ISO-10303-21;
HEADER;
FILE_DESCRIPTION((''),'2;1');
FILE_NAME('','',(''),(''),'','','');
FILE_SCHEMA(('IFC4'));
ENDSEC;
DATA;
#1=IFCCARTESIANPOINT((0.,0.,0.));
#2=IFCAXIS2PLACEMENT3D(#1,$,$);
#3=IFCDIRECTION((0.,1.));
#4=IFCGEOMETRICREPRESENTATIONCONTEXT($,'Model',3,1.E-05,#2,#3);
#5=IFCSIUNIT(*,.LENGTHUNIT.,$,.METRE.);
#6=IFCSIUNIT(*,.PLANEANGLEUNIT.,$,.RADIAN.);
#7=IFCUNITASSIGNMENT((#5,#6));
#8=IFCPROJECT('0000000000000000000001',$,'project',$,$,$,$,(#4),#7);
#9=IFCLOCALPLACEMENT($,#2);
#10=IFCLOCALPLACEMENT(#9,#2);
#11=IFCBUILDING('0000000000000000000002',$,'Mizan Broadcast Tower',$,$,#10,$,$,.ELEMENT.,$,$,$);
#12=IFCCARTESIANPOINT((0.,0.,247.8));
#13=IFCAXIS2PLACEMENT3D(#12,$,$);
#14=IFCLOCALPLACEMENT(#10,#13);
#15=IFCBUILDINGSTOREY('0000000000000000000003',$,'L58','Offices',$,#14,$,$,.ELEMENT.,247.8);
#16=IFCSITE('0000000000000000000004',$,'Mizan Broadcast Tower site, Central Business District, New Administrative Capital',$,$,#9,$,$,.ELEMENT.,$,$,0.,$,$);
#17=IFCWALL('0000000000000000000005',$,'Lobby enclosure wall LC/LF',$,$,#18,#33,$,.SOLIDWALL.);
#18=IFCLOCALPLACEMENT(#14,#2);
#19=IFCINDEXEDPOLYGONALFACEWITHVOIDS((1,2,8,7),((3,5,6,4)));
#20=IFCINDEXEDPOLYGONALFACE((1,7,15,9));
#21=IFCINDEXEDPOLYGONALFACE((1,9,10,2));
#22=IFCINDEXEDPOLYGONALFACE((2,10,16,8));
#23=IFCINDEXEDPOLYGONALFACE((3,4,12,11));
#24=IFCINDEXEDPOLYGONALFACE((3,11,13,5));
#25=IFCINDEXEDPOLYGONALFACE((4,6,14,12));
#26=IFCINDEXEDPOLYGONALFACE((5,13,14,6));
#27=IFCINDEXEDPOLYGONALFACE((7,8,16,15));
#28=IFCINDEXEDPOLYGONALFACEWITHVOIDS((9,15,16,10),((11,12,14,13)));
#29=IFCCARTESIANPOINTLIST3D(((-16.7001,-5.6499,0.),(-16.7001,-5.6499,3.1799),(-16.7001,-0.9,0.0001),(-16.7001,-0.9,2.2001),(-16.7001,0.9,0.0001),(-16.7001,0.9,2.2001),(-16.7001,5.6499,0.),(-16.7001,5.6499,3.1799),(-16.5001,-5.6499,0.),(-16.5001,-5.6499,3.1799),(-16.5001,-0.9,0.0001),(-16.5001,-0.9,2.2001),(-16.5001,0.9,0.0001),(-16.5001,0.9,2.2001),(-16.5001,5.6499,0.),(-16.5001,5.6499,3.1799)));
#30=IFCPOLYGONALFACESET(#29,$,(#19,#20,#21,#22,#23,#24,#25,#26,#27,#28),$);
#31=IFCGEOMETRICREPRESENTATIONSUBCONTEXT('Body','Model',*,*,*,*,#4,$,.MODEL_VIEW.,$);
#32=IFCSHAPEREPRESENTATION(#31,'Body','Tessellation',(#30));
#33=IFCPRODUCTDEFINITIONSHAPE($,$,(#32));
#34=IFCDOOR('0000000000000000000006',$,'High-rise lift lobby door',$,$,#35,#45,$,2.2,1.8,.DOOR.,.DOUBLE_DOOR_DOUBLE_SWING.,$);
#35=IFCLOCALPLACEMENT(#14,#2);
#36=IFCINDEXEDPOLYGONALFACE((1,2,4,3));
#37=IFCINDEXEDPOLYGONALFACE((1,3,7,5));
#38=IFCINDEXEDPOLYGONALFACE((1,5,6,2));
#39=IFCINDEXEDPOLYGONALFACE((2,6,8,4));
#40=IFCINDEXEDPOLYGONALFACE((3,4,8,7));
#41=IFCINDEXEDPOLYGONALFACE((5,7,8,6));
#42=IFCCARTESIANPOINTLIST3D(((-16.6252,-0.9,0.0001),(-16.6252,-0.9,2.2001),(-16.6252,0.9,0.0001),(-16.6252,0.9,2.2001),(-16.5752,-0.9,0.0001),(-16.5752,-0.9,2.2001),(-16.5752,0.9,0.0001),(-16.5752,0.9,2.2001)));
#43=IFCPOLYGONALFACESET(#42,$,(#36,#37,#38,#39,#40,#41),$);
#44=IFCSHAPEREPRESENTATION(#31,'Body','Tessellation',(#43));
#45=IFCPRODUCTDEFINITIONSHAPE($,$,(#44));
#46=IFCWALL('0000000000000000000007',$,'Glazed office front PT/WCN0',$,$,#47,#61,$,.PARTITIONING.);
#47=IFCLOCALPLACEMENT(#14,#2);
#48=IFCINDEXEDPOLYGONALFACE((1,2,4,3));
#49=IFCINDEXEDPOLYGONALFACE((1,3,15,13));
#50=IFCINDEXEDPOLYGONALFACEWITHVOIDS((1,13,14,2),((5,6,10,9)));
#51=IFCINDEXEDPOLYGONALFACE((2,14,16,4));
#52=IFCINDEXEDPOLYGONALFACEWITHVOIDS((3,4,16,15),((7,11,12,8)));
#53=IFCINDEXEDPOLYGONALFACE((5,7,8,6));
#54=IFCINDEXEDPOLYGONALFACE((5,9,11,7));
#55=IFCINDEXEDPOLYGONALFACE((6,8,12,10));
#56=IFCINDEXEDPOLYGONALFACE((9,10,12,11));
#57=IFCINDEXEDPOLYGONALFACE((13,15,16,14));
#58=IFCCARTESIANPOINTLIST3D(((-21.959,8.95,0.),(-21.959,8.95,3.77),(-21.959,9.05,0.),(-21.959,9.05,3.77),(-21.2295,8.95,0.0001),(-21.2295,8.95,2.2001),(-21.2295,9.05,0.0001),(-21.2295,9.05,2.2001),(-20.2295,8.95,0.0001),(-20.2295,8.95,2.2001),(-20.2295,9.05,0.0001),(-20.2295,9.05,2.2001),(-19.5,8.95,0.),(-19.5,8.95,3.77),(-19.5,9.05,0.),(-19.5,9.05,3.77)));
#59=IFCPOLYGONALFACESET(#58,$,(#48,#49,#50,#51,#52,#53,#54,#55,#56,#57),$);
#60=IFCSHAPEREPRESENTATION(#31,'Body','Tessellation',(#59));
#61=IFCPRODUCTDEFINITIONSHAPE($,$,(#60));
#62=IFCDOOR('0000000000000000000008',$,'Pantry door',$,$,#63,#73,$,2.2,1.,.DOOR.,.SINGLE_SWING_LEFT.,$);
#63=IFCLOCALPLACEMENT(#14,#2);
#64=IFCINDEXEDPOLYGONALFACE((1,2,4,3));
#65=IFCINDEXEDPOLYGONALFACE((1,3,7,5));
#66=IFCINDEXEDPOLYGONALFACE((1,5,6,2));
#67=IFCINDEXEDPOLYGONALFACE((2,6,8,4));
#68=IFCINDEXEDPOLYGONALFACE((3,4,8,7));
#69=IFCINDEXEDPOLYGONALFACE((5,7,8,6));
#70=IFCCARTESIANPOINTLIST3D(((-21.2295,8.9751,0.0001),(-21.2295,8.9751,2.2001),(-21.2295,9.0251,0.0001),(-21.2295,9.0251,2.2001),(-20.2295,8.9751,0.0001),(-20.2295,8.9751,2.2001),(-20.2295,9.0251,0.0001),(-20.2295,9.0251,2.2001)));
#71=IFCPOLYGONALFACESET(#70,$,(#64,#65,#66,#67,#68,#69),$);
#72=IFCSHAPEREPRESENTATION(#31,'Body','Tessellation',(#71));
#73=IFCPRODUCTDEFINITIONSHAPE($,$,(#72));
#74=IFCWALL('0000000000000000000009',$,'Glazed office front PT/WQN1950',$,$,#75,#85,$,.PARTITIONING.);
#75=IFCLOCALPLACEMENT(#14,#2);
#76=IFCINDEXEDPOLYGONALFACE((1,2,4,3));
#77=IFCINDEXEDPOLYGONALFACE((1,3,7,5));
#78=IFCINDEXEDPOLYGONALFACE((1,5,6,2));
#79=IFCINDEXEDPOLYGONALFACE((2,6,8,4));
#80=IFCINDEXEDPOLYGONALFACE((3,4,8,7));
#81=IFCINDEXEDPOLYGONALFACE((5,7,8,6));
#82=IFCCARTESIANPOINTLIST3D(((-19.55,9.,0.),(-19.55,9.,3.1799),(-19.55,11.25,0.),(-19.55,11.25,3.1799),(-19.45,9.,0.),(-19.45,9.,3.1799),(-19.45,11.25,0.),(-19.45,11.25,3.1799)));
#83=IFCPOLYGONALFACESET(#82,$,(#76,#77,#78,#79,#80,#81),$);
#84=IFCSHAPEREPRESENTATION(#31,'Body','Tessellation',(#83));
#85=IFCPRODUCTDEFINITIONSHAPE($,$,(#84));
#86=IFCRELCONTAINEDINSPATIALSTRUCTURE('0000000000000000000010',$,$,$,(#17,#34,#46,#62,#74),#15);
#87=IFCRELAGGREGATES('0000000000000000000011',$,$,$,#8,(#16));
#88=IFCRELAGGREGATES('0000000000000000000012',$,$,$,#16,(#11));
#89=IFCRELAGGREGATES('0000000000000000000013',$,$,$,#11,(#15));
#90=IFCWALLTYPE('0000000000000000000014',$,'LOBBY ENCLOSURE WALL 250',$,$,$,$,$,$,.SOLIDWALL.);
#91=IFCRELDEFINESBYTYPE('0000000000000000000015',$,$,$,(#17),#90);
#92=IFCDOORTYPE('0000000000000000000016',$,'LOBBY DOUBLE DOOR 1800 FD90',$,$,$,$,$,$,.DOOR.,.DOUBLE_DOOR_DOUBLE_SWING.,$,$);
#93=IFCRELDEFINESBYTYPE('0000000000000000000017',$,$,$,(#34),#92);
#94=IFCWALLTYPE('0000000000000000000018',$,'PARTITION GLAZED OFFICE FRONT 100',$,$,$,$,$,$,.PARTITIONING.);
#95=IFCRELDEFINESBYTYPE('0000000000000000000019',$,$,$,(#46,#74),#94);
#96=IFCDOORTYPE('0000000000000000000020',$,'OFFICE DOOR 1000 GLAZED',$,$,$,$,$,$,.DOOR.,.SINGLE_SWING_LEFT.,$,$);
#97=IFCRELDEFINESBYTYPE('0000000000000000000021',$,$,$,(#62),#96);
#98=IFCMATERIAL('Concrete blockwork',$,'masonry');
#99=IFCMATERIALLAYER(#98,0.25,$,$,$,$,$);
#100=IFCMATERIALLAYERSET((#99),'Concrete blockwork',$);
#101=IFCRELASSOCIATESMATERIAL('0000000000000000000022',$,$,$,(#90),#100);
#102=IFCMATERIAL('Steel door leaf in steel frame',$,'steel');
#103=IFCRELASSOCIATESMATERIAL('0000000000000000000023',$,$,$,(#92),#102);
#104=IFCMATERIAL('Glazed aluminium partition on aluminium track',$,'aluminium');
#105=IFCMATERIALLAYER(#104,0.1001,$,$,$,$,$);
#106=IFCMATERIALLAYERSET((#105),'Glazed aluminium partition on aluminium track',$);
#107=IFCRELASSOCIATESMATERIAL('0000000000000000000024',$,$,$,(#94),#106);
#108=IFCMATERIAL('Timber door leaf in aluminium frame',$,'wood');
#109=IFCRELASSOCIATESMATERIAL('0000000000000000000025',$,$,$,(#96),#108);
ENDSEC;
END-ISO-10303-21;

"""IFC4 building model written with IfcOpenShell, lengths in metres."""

from ifc_helpers import new_model, si_unit, direction, frame, frame_2d, origin, place, context, subcontext, project, spatial, rectangle, extrude, material, layer, layer_set, type_object, element, fill, save


model = new_model("IFC4")

# Units and contexts
model_context = context("Model", 3, precision=1e-05, world=origin(), true_north=direction((0.0, 1.0)))
body_context = subcontext(model_context, "Body", "Model", "MODEL_VIEW")
ifc_project = project(units=[si_unit("LENGTHUNIT", "METRE"), si_unit("PLANEANGLEUNIT", "RADIAN")], contexts=[model_context])

# Site, building, storey
site_placement = place(None, origin())
site = spatial("IfcSite", under=ifc_project, at=site_placement, Name="Mizan Broadcast Tower site, Central Business District, New Administrative Capital", CompositionType="ELEMENT", RefElevation=0.0)
building_placement = place(site_placement, origin())
building = spatial("IfcBuilding", under=site, at=building_placement, Name="Mizan Broadcast Tower", CompositionType="ELEMENT")
storey_placement = place(building_placement, frame((0.0, 0.0, 247.8)))
storey = spatial("IfcBuildingStorey", under=building, at=storey_placement, Name="L58", Description="Offices", CompositionType="ELEMENT", Elevation=247.8)

# Walls, openings, doors
ifc_material_1 = material(Name="Concrete blockwork", Category="masonry")
ifc_layer_1 = layer(ifc_material_1, 0.25)
ifc_layer_set_1 = layer_set([ifc_layer_1], Name="Concrete blockwork")
wall_type_1 = type_object("IfcWallType", Name="LOBBY ENCLOSURE WALL 250", PredefinedType="SOLIDWALL", material=ifc_layer_set_1)
wall_1_placement = place(storey_placement, frame((-16.6001, 5.6499, 0.0), z_axis=(0.0, 0.0, 1.0), x_axis=(0.0, -1.0, 0.0)))
wall_1 = element("IfcWall", 1, at=wall_1_placement, inside=storey, type_object=wall_type_1, Name="Lobby enclosure wall LC/LF", PredefinedType="SOLIDWALL", context=body_context, shape_type="SweptSolid", body=[
    extrude(rectangle(XDim=11.2998, YDim=0.2, at=frame_2d((5.6499, 0.0))), origin(), (0.0, 0.0, 1.0), 3.1799),
])
opening_1_placement = place(wall_1_placement, frame((4.75, 0.0, 0.0)))
opening_1 = element("IfcOpeningElement", 2, at=opening_1_placement, cuts=wall_1, PredefinedType="OPENING", context=body_context, shape_type="SweptSolid", body=[
    extrude(rectangle(XDim=1.8, YDim=2.2, at=frame_2d((0.8999, 1.1001))), frame((0.0, 0.1099, 0.0), z_axis=(0.0, -1.0, 0.0), x_axis=(1.0, 0.0, 0.0)), (0.0, 0.0, 1.0), 0.22),
])
ifc_material_2 = material(Name="Steel door leaf in steel frame", Category="steel")
door_type_1 = type_object("IfcDoorType", Name="LOBBY DOUBLE DOOR 1800 FD90", OperationType="DOUBLE_DOOR_DOUBLE_SWING", PredefinedType="DOOR", material=ifc_material_2)
door_1_placement = place(opening_1_placement, origin())
door_1 = element("IfcDoor", 3, at=door_1_placement, inside=storey, type_object=door_type_1, Name="High-rise lift lobby door", OperationType="DOUBLE_DOOR_DOUBLE_SWING", OverallHeight=2.2, OverallWidth=1.8, PredefinedType="DOOR", context=body_context, shape_type="SweptSolid", body=[
    extrude(rectangle(XDim=1.8, YDim=2.2, at=frame_2d((0.8999, 1.1001))), frame((0.0, 0.0249, 0.0), z_axis=(0.0, -1.0, 0.0), x_axis=(1.0, 0.0, 0.0)), (0.0, 0.0, 1.0), 0.05),
])
fill(opening_1, door_1)
ifc_material_3 = material(Name="Glazed aluminium partition on aluminium track", Category="aluminium")
ifc_layer_2 = layer(ifc_material_3, 0.1001)
ifc_layer_set_2 = layer_set([ifc_layer_2], Name="Glazed aluminium partition on aluminium track")
wall_type_2 = type_object("IfcWallType", Name="PARTITION GLAZED OFFICE FRONT 100", PredefinedType="PARTITIONING", material=ifc_layer_set_2)
wall_2_placement = place(storey_placement, frame((-19.5, 9.0, 0.0), z_axis=(0.0, 0.0, 1.0), x_axis=(-1.0, 0.0, 0.0)))
wall_2 = element("IfcWall", 4, at=wall_2_placement, inside=storey, type_object=wall_type_2, Name="Glazed office front PT/WCN0", PredefinedType="PARTITIONING", context=body_context, shape_type="SweptSolid", body=[
    extrude(rectangle(XDim=2.459, YDim=0.1001, at=frame_2d((1.2295, 0.0))), origin(), (0.0, 0.0, 1.0), 3.77),
])
opening_2_placement = place(wall_2_placement, frame((0.7295, 0.0, 0.0)))
opening_2 = element("IfcOpeningElement", 5, at=opening_2_placement, cuts=wall_2, PredefinedType="OPENING", context=body_context, shape_type="SweptSolid", body=[
    extrude(rectangle(XDim=1.0, YDim=2.2, at=frame_2d((0.5, 1.1001))), frame((0.0, 0.0601, 0.0), z_axis=(0.0, -1.0, 0.0), x_axis=(1.0, 0.0, 0.0)), (0.0, 0.0, 1.0), 0.1201),
])
ifc_material_4 = material(Name="Timber door leaf in aluminium frame", Category="wood")
door_type_2 = type_object("IfcDoorType", Name="OFFICE DOOR 1000 GLAZED", OperationType="SINGLE_SWING_LEFT", PredefinedType="DOOR", material=ifc_material_4)
door_2_placement = place(opening_2_placement, origin())
door_2 = element("IfcDoor", 6, at=door_2_placement, inside=storey, type_object=door_type_2, Name="Pantry door", OperationType="SINGLE_SWING_LEFT", OverallHeight=2.2, OverallWidth=1.0, PredefinedType="DOOR", context=body_context, shape_type="SweptSolid", body=[
    extrude(rectangle(XDim=1.0, YDim=2.2, at=frame_2d((0.5, 1.1001))), frame((0.0, 0.0249, 0.0), z_axis=(0.0, -1.0, 0.0), x_axis=(1.0, 0.0, 0.0)), (0.0, 0.0, 1.0), 0.05),
])
fill(opening_2, door_2)

# Wall
wall_3_placement = place(storey_placement, frame((-19.5, 9.0, 0.0), z_axis=(0.0, 0.0, 1.0), x_axis=(0.0, 1.0, 0.0)))
element("IfcWall", 7, at=wall_3_placement, inside=storey, type_object=wall_type_2, Name="Glazed office front PT/WQN1950", PredefinedType="PARTITIONING", context=body_context, shape_type="SweptSolid", body=[
    extrude(rectangle(XDim=2.25, YDim=0.1001, at=frame_2d((1.125, 0.0))), origin(), (0.0, 0.0, 1.0), 3.1799),
])

save(model, "model.ifc")
